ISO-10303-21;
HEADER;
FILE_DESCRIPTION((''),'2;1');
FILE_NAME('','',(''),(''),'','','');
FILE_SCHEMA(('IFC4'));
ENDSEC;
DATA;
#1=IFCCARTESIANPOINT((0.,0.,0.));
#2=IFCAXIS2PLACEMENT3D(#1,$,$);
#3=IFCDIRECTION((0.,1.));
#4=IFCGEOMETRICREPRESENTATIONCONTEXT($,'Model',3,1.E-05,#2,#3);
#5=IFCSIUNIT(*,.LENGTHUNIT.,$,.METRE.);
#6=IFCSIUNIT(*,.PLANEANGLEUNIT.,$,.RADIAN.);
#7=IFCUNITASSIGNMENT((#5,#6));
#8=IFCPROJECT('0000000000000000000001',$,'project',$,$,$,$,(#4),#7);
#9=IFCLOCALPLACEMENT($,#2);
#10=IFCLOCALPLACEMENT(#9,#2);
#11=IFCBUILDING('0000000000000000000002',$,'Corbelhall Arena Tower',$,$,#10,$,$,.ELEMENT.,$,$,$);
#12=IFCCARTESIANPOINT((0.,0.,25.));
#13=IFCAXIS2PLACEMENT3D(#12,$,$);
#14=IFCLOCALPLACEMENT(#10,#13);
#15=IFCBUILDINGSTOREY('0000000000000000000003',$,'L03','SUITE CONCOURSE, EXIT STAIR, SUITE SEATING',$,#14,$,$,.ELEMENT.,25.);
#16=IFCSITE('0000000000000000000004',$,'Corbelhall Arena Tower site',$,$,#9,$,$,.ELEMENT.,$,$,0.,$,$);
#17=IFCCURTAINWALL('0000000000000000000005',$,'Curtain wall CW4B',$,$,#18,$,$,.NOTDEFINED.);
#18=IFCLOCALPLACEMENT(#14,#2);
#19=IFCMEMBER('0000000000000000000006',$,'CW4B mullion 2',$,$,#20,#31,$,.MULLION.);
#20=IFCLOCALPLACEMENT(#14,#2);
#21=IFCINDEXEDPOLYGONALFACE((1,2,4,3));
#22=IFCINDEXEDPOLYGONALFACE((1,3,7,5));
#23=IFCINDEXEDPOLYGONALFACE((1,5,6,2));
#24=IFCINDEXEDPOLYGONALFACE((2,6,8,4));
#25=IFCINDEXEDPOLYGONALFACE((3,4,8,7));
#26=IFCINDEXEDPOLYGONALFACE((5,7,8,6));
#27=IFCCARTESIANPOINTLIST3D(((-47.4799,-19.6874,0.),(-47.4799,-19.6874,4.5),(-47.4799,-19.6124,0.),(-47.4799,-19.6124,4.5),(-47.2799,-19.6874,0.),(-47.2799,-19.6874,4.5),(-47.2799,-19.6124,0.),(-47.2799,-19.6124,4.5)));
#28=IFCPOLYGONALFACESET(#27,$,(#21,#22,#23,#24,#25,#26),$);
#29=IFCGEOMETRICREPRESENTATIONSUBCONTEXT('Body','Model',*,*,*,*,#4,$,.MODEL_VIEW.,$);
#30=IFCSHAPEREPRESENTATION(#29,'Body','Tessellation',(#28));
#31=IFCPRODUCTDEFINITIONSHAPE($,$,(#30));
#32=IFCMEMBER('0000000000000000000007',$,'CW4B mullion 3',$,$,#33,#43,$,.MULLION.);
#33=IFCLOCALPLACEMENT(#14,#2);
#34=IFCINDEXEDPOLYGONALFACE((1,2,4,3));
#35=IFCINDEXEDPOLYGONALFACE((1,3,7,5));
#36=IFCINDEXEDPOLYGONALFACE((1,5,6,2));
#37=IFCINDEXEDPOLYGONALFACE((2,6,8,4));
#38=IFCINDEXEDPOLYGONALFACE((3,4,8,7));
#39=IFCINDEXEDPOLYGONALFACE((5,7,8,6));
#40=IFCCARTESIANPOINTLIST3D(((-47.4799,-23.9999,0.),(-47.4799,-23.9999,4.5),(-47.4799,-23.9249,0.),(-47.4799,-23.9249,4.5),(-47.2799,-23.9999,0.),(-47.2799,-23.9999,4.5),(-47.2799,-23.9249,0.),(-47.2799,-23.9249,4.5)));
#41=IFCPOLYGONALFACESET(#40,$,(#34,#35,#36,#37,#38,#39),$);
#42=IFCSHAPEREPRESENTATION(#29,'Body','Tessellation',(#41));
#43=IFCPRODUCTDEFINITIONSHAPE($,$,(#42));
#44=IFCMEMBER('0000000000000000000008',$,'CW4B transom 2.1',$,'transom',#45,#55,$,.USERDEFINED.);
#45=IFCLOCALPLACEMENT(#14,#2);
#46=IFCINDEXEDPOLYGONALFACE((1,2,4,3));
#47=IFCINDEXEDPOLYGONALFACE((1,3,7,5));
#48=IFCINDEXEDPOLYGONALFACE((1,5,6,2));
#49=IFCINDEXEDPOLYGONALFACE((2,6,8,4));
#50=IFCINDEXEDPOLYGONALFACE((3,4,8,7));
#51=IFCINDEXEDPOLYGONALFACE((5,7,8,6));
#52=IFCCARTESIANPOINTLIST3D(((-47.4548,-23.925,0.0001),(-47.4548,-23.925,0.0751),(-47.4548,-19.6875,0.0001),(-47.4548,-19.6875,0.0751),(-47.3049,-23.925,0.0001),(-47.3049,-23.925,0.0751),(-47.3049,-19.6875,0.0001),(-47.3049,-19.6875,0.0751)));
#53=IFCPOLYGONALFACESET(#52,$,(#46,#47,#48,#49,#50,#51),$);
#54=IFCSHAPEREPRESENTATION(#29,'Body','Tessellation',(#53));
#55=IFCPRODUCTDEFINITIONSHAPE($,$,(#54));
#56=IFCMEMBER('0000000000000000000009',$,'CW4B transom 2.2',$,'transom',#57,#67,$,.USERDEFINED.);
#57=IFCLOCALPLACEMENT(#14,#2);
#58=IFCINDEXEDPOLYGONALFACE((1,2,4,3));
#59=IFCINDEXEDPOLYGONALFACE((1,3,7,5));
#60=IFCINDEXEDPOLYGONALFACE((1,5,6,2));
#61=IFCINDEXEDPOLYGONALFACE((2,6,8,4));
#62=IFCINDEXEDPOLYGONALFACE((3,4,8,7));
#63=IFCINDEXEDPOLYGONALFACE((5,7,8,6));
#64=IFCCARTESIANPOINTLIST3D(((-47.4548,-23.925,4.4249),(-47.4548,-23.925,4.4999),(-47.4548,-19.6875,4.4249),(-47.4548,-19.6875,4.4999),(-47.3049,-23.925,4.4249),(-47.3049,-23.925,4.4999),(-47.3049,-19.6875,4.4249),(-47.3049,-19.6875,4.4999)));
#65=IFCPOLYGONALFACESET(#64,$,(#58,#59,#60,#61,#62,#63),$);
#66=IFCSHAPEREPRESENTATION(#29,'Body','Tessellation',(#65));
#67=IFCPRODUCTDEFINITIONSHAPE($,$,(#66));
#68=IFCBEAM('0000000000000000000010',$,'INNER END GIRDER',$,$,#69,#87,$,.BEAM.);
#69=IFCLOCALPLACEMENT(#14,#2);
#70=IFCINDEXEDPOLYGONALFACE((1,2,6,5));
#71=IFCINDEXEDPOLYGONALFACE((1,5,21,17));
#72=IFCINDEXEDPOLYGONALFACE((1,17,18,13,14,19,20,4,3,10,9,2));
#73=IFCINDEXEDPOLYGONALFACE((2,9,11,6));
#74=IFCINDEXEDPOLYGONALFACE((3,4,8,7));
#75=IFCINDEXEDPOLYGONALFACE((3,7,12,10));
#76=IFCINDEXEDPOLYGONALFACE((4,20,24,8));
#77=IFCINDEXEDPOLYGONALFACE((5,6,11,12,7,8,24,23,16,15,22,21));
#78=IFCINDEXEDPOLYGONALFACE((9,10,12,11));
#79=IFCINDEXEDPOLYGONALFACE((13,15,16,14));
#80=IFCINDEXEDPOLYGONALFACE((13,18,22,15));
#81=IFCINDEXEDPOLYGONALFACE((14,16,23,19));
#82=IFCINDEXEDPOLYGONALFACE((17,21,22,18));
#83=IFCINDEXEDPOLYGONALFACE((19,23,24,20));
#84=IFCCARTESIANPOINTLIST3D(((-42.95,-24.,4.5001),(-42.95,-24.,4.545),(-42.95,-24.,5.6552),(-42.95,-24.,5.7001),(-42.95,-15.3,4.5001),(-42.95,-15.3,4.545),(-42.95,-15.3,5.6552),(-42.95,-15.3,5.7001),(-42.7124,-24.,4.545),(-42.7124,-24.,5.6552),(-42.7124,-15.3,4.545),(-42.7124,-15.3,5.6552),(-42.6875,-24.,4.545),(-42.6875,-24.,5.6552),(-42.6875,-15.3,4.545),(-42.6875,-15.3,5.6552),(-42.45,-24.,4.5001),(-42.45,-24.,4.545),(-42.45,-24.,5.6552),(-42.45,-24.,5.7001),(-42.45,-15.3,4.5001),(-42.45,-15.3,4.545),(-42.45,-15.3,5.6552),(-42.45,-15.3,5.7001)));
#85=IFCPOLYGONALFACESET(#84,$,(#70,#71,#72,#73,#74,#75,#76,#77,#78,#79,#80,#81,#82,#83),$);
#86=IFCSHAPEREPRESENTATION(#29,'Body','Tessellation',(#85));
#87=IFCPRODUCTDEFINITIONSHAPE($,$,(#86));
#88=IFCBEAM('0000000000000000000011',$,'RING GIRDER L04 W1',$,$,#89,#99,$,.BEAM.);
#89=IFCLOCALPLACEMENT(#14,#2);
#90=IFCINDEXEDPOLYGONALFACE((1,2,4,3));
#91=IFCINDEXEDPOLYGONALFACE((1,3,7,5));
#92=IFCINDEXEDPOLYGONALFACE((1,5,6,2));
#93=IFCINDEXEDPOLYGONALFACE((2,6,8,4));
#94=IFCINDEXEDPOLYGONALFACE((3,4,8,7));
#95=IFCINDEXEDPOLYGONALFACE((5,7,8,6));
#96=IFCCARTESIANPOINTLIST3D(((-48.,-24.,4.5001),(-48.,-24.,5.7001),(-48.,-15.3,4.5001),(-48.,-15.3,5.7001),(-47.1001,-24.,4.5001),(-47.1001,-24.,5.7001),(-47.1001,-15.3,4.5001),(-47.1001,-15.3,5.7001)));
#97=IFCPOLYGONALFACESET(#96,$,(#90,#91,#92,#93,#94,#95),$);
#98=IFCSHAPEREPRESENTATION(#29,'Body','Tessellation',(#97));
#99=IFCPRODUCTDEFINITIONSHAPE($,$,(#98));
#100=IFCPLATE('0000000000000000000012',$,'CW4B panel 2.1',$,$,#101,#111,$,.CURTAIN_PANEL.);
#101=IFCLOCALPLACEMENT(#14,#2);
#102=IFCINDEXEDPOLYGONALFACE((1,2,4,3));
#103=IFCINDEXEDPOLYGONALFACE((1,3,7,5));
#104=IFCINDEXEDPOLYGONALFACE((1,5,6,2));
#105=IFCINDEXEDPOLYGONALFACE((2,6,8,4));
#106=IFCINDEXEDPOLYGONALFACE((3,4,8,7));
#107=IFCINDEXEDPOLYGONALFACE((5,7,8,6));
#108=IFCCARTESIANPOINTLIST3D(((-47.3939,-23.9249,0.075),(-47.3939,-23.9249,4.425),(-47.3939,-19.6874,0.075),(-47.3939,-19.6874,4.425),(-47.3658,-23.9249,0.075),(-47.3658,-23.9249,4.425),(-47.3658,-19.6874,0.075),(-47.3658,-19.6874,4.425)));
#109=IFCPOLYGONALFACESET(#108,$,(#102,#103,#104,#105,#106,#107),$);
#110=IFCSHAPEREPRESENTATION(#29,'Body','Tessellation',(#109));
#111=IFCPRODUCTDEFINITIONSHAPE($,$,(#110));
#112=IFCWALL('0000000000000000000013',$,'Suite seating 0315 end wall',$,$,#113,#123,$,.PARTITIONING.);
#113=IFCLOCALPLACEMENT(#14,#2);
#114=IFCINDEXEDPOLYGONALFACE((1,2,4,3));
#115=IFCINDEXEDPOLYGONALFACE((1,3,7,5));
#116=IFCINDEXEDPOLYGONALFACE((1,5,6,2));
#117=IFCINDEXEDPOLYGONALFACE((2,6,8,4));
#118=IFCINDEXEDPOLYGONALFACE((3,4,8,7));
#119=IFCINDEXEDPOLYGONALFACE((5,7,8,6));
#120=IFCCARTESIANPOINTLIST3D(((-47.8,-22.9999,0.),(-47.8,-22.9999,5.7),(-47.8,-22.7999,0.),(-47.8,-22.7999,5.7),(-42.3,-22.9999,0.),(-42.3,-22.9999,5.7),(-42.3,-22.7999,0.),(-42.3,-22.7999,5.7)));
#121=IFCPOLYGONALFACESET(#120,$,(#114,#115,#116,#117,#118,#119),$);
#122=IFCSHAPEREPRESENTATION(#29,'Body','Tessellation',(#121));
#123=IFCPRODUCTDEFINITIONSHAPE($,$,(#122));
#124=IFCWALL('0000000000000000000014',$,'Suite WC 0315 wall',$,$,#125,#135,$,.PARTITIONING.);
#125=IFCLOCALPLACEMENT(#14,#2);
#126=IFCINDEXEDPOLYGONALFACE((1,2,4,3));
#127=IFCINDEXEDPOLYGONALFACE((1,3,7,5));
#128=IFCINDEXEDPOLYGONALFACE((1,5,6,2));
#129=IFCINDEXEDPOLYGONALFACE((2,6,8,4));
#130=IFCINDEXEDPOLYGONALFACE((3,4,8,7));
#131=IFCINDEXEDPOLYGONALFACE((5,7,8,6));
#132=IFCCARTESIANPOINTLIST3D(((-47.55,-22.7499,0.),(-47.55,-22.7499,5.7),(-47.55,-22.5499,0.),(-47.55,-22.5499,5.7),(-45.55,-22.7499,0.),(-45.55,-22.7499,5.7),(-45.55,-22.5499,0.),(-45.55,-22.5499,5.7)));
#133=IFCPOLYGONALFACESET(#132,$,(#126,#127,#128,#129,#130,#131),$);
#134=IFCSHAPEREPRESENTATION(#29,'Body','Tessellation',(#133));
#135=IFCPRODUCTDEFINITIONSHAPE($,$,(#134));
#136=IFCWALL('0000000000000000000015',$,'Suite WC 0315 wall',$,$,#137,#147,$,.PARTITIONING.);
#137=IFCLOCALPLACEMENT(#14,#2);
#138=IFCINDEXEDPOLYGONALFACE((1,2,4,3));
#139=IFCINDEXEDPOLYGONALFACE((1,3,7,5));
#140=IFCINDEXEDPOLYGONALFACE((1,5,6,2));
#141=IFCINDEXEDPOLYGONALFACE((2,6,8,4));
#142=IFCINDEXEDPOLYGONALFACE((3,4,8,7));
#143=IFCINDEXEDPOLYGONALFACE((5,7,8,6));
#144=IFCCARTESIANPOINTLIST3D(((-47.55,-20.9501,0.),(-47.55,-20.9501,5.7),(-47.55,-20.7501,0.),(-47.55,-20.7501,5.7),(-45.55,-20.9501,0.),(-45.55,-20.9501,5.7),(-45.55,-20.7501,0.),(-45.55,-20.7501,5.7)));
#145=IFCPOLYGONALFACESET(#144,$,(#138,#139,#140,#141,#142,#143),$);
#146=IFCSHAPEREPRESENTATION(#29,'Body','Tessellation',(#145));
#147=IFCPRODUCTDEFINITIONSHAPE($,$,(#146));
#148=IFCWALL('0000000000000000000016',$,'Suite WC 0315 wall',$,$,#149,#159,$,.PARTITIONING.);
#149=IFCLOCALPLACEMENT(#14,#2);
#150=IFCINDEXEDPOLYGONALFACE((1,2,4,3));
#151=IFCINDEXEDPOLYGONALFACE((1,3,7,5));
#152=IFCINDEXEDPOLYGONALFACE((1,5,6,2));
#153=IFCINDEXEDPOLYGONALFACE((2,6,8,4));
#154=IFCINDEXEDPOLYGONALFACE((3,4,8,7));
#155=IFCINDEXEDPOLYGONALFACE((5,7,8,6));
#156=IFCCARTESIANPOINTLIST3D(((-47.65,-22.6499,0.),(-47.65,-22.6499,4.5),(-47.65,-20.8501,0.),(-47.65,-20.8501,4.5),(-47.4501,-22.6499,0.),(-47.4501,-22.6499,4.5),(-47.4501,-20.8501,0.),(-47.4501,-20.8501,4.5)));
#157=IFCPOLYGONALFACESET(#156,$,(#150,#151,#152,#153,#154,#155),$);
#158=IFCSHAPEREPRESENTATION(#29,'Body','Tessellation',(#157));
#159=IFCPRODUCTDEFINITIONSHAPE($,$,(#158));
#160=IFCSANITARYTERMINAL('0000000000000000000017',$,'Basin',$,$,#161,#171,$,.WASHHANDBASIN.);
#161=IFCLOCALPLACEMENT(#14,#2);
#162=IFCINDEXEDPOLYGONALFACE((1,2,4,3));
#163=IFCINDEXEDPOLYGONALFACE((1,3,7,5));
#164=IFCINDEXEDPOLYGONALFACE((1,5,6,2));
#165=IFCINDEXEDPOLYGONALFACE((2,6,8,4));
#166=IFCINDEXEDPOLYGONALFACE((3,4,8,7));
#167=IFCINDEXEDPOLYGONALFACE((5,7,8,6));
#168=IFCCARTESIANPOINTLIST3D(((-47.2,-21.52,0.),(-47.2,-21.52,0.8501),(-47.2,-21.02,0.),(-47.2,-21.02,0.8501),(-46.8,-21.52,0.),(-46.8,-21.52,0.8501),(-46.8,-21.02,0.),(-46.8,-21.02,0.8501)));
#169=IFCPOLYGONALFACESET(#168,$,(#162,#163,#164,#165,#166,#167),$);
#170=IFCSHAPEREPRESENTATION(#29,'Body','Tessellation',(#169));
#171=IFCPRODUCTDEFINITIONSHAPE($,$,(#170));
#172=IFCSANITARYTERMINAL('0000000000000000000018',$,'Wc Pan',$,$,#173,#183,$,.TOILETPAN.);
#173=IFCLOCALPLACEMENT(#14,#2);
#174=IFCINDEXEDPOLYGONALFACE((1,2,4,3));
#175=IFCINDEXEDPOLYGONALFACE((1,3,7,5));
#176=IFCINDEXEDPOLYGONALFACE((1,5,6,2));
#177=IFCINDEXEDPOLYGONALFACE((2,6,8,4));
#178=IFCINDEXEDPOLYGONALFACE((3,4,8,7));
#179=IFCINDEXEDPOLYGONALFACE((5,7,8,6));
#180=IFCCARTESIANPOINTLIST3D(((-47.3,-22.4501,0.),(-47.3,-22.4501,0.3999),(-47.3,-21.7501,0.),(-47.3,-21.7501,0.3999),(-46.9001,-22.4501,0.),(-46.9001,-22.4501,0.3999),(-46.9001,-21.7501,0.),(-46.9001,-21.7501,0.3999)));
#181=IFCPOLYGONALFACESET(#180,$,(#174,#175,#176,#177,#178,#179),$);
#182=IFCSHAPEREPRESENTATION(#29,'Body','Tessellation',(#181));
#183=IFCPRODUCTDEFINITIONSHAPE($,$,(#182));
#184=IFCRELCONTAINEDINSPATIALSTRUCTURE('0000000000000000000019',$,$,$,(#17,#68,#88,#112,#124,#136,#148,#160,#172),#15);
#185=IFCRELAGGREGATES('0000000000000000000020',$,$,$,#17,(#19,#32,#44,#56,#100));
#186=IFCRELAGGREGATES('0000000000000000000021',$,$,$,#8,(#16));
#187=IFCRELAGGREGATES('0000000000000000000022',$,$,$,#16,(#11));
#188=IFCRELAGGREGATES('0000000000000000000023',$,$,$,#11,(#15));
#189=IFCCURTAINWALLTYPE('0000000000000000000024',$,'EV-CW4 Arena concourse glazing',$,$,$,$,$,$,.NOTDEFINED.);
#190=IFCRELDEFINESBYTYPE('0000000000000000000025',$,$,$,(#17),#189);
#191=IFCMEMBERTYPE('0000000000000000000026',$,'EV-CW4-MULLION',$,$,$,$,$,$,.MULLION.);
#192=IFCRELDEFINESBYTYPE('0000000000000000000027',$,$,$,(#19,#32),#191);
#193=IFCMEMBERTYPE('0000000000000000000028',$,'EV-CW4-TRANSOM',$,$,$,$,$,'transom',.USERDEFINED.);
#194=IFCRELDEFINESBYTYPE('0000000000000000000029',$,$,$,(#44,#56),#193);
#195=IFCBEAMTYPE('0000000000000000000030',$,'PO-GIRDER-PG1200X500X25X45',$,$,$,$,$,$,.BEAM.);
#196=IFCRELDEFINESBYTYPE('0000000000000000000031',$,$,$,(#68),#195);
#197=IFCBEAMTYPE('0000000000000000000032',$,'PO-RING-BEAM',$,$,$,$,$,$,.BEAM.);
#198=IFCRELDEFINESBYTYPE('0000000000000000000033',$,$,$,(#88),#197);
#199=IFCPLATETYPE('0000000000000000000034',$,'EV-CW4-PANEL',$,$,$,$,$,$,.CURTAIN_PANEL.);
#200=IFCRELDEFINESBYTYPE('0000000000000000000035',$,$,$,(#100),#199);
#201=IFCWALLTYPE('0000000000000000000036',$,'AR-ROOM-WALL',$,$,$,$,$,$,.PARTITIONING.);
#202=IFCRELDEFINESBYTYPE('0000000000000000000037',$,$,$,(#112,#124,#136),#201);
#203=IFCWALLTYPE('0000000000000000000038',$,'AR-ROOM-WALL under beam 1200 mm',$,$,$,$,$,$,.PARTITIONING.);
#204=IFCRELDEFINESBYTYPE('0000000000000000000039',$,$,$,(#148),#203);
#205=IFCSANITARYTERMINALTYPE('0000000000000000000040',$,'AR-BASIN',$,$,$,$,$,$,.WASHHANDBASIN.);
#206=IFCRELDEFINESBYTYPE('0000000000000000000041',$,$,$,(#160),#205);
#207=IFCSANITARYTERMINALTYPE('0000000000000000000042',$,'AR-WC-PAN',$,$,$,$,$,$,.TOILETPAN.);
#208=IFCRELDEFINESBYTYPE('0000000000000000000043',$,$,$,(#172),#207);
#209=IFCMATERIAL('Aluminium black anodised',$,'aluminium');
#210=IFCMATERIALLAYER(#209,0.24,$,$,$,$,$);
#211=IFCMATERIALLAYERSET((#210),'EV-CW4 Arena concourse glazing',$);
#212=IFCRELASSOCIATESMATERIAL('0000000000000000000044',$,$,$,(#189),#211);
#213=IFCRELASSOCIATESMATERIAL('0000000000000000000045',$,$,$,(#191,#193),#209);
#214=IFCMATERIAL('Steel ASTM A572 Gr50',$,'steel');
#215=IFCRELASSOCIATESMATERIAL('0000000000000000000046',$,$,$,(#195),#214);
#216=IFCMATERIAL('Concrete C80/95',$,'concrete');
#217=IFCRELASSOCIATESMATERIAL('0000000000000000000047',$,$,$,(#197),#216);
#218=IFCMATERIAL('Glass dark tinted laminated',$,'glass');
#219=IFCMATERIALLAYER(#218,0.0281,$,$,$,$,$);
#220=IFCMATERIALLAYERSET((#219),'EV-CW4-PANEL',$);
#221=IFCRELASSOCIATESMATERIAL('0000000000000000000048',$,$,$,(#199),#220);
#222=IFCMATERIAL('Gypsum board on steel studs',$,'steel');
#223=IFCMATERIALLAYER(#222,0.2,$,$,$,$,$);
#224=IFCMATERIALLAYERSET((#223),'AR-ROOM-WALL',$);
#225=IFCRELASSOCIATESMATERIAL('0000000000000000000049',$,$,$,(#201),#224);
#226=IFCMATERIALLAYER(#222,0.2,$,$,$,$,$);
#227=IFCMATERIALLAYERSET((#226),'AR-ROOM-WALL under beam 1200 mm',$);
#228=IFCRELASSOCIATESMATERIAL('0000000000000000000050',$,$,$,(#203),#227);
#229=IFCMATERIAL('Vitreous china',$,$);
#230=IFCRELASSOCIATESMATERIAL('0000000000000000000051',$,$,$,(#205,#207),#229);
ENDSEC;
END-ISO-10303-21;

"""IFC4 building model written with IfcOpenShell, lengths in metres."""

from ifc_helpers import new_model, si_unit, direction, frame, frame_2d, origin, origin_2d, place, context, subcontext, project, spatial, rectangle, i_section, extrude, material, layer, layer_set, material_profile, profile_set, type_object, element, aggregate, save


model = new_model("IFC4")

# Units and contexts
model_context = context("Model", 3, precision=1e-05, world=origin(), true_north=direction((0.0, 1.0)))
body_context = subcontext(model_context, "Body", "Model", "MODEL_VIEW")
ifc_project = project(units=[si_unit("LENGTHUNIT", "METRE"), si_unit("PLANEANGLEUNIT", "RADIAN")], contexts=[model_context])

# Site, building, storey
site_placement = place(None, origin())
site = spatial("IfcSite", under=ifc_project, at=site_placement, Name="Corbelhall Arena Tower site", CompositionType="ELEMENT", RefElevation=0.0)
building_placement = place(site_placement, origin())
building = spatial("IfcBuilding", under=site, at=building_placement, Name="Corbelhall Arena Tower", CompositionType="ELEMENT")
storey_placement = place(building_placement, frame((0.0, 0.0, 25.0)))
storey = spatial("IfcBuildingStorey", under=building, at=storey_placement, Name="L03", Description="SUITE CONCOURSE, EXIT STAIR, SUITE SEATING", CompositionType="ELEMENT", Elevation=25.0)

# Curtain wall, members
ifc_material_1 = material(Name="Aluminium black anodised", Category="aluminium")
ifc_layer_1 = layer(ifc_material_1, 0.24)
ifc_layer_set_1 = layer_set([ifc_layer_1], Name="EV-CW4 Arena concourse glazing")
curtain_wall_type = type_object("IfcCurtainWallType", Name="EV-CW4 Arena concourse glazing", PredefinedType="NOTDEFINED", material=ifc_layer_set_1)
curtain_wall_placement = place(storey_placement, origin())
curtain_wall = element("IfcCurtainWall", 1, at=curtain_wall_placement, inside=storey, type_object=curtain_wall_type, Name="Curtain wall CW4B", PredefinedType="NOTDEFINED")
ifc_material_profile_1 = material_profile(ifc_material_1, rectangle(XDim=0.2, YDim=0.075, at=origin_2d()))
ifc_profile_set_1 = profile_set([ifc_material_profile_1], Name="Aluminium black anodised")
member_type_1 = type_object("IfcMemberType", Name="EV-CW4-MULLION", PredefinedType="MULLION", material=ifc_profile_set_1)
member_1_placement = place(storey_placement, frame((-47.3799, -19.6499, 0.0), z_axis=(0.0, 0.0, 1.0), x_axis=(1.0, 0.0, 0.0)))
member_1 = element("IfcMember", 2, at=member_1_placement, type_object=member_type_1, Name="CW4B mullion 2", PredefinedType="MULLION", context=body_context, shape_type="SweptSolid", body=[
    extrude(rectangle(XDim=0.2, YDim=0.075, at=origin_2d()), origin(), (0.0, 0.0, 1.0), 4.5),
])
member_2_placement = place(storey_placement, frame((-47.3799, -23.9624, 0.0), z_axis=(0.0, 0.0, 1.0), x_axis=(1.0, 0.0, 0.0)))
member_2 = element("IfcMember", 3, at=member_2_placement, type_object=member_type_1, Name="CW4B mullion 3", PredefinedType="MULLION", context=body_context, shape_type="SweptSolid", body=[
    extrude(rectangle(XDim=0.2, YDim=0.075, at=origin_2d()), origin(), (0.0, 0.0, 1.0), 4.5),
])
ifc_material_profile_2 = material_profile(ifc_material_1, rectangle(XDim=0.1499, YDim=0.075, at=origin_2d()))
ifc_profile_set_2 = profile_set([ifc_material_profile_2], Name="Aluminium black anodised")
member_type_2 = type_object("IfcMemberType", Name="EV-CW4-TRANSOM", ElementType="transom", PredefinedType="USERDEFINED", material=ifc_profile_set_2)
member_3_placement = place(storey_placement, frame((-47.3799, -19.6875, 0.0376), z_axis=(0.0, -1.0, 0.0), x_axis=(1.0, 0.0, 0.0)))
member_3 = element("IfcMember", 4, at=member_3_placement, type_object=member_type_2, Name="CW4B transom 2.1", ObjectType="transom", PredefinedType="USERDEFINED", context=body_context, shape_type="SweptSolid", body=[
    extrude(rectangle(XDim=0.1499, YDim=0.075, at=origin_2d()), origin(), (0.0, 0.0, 1.0), 4.2375),
])
member_4_placement = place(storey_placement, frame((-47.3799, -19.6875, 4.4624), z_axis=(0.0, -1.0, 0.0), x_axis=(1.0, 0.0, 0.0)))
member_4 = element("IfcMember", 5, at=member_4_placement, type_object=member_type_2, Name="CW4B transom 2.2", ObjectType="transom", PredefinedType="USERDEFINED", context=body_context, shape_type="SweptSolid", body=[
    extrude(rectangle(XDim=0.1499, YDim=0.075, at=origin_2d()), origin(), (0.0, 0.0, 1.0), 4.2375),
])

# Beams
ifc_material_2 = material(Name="Steel ASTM A572 Gr50", Category="steel")
ifc_material_profile_3 = material_profile(ifc_material_2, i_section(OverallWidth=0.5, OverallDepth=1.2, WebThickness=0.0249, FlangeThickness=0.0449, at=origin_2d()))
ifc_profile_set_3 = profile_set([ifc_material_profile_3], Name="Steel ASTM A572 Gr50")
beam_type_1 = type_object("IfcBeamType", Name="PO-GIRDER-PG1200X500X25X45", PredefinedType="BEAM", material=ifc_profile_set_3)
beam_1_placement = place(storey_placement, frame((-42.7, -24.0, 5.1001), z_axis=(0.0, 1.0, 0.0), x_axis=(-1.0, 0.0, 0.0)))
element("IfcBeam", 6, at=beam_1_placement, inside=storey, type_object=beam_type_1, Name="INNER END GIRDER", PredefinedType="BEAM", context=body_context, shape_type="SweptSolid", body=[
    extrude(i_section(OverallWidth=0.5, OverallDepth=1.2, WebThickness=0.0249, FlangeThickness=0.0449, at=origin_2d()), origin(), (0.0, 0.0, 1.0), 8.7),
])
ifc_material_3 = material(Name="Concrete C80/95", Category="concrete")
ifc_material_profile_4 = material_profile(ifc_material_3, rectangle(XDim=0.8999, YDim=1.2, at=origin_2d()))
ifc_profile_set_4 = profile_set([ifc_material_profile_4], Name="Concrete C80/95")
beam_type_2 = type_object("IfcBeamType", Name="PO-RING-BEAM", PredefinedType="BEAM", material=ifc_profile_set_4)
beam_2_placement = place(storey_placement, frame((-47.55, -24.0, 5.1001), z_axis=(0.0, 1.0, 0.0), x_axis=(-1.0, 0.0, 0.0)))
element("IfcBeam", 7, at=beam_2_placement, inside=storey, type_object=beam_type_2, Name="RING GIRDER L04 W1", PredefinedType="BEAM", context=body_context, shape_type="SweptSolid", body=[
    extrude(rectangle(XDim=0.8999, YDim=1.2, at=origin_2d()), origin(), (0.0, 0.0, 1.0), 8.7),
])

# Plate
ifc_material_4 = material(Name="Glass dark tinted laminated", Category="glass")
ifc_layer_2 = layer(ifc_material_4, 0.0281)
ifc_layer_set_2 = layer_set([ifc_layer_2], Name="EV-CW4-PANEL")
plate_type = type_object("IfcPlateType", Name="EV-CW4-PANEL", PredefinedType="CURTAIN_PANEL", material=ifc_layer_set_2)
plate_placement = place(storey_placement, frame((-47.3799, -21.8062, 0.075), z_axis=(0.0, 0.0, 1.0), x_axis=(0.0, -1.0, 0.0)))
plate = element("IfcPlate", 8, at=plate_placement, type_object=plate_type, Name="CW4B panel 2.1", PredefinedType="CURTAIN_PANEL", context=body_context, shape_type="SweptSolid", body=[
    extrude(rectangle(XDim=4.2375, YDim=0.0281, at=origin_2d()), origin(), (0.0, 0.0, 1.0), 4.3501),
])
aggregate(curtain_wall, [member_1, member_2, member_3, member_4, plate])

# Shared definitions
ifc_material_5 = material(Name="Gypsum board on steel studs", Category="steel")
ifc_layer_3 = layer(ifc_material_5, 0.2)
ifc_layer_set_3 = layer_set([ifc_layer_3], Name="AR-ROOM-WALL")
wall_type_1 = type_object("IfcWallType", Name="AR-ROOM-WALL", PredefinedType="PARTITIONING", material=ifc_layer_set_3)

# Walls
wall_1_placement = place(storey_placement, frame((-42.3, -22.8999, 0.0), z_axis=(0.0, 0.0, 1.0), x_axis=(-1.0, 0.0, 0.0)))
element("IfcWall", 9, at=wall_1_placement, inside=storey, type_object=wall_type_1, Name="Suite seating 0315 end wall", PredefinedType="PARTITIONING", context=body_context, shape_type="SweptSolid", body=[
    extrude(rectangle(XDim=5.5, YDim=0.2, at=frame_2d((2.75, 0.0))), origin(), (0.0, 0.0, 1.0), 5.7),
])
for number, where, z_axis, x_axis, name in (
    (10, (-47.55, -22.6499, 0.0), (0.0, 0.0, 1.0), (1.0, 0.0, 0.0), "Suite WC 0315 wall"),
    (11, (-45.55, -20.8501, 0.0), (0.0, 0.0, 1.0), (-1.0, 0.0, 0.0), "Suite WC 0315 wall"),
):
    element("IfcWall", number, at=place(storey_placement, frame(where, z_axis=z_axis, x_axis=x_axis)), inside=storey, type_object=wall_type_1, Name=name, PredefinedType="PARTITIONING", context=body_context, shape_type="SweptSolid", body=[
        extrude(rectangle(XDim=2.0, YDim=0.2, at=frame_2d((1.0, 0.0))), origin(), (0.0, 0.0, 1.0), 5.7),
    ])

# Wall
ifc_layer_4 = layer(ifc_material_5, 0.2)
ifc_layer_set_4 = layer_set([ifc_layer_4], Name="AR-ROOM-WALL under beam 1200 mm")
wall_type_2 = type_object("IfcWallType", Name="AR-ROOM-WALL under beam 1200 mm", PredefinedType="PARTITIONING", material=ifc_layer_set_4)
wall_2_placement = place(storey_placement, frame((-47.55, -22.6499, 0.0), z_axis=(0.0, 0.0, 1.0), x_axis=(0.0, 1.0, 0.0)))
element("IfcWall", 12, at=wall_2_placement, inside=storey, type_object=wall_type_2, Name="Suite WC 0315 wall", PredefinedType="PARTITIONING", context=body_context, shape_type="SweptSolid", body=[
    extrude(rectangle(XDim=1.7998, YDim=0.2, at=frame_2d((0.8999, 0.0))), origin(), (0.0, 0.0, 1.0), 4.5),
])

# Sanitary terminals
ifc_material_6 = material(Name="Vitreous china")
sanitary_terminal_type_1 = type_object("IfcSanitaryTerminalType", Name="AR-BASIN", PredefinedType="WASHHANDBASIN", material=ifc_material_6)
sanitary_terminal_1_placement = place(storey_placement, frame((-47.0, -21.27, 0.0), z_axis=(0.0, 0.0, 1.0), x_axis=(1.0, 0.0, 0.0)))
element("IfcSanitaryTerminal", 13, at=sanitary_terminal_1_placement, inside=storey, type_object=sanitary_terminal_type_1, Name="Basin", PredefinedType="WASHHANDBASIN", context=body_context, shape_type="SweptSolid", body=[
    extrude(rectangle(XDim=0.3999, YDim=0.5, at=origin_2d()), origin(), (0.0, 0.0, 1.0), 0.8501),
])
sanitary_terminal_type_2 = type_object("IfcSanitaryTerminalType", Name="AR-WC-PAN", PredefinedType="TOILETPAN", material=ifc_material_6)
sanitary_terminal_2_placement = place(storey_placement, frame((-47.1001, -22.1001, 0.0), z_axis=(0.0, 0.0, 1.0), x_axis=(1.0, 0.0, 0.0)))
element("IfcSanitaryTerminal", 14, at=sanitary_terminal_2_placement, inside=storey, type_object=sanitary_terminal_type_2, Name="Wc Pan", PredefinedType="TOILETPAN", context=body_context, shape_type="SweptSolid", body=[
    extrude(rectangle(XDim=0.3999, YDim=0.7, at=origin_2d()), origin(), (0.0, 0.0, 1.0), 0.3999),
])

save(model, "model.ifc")
